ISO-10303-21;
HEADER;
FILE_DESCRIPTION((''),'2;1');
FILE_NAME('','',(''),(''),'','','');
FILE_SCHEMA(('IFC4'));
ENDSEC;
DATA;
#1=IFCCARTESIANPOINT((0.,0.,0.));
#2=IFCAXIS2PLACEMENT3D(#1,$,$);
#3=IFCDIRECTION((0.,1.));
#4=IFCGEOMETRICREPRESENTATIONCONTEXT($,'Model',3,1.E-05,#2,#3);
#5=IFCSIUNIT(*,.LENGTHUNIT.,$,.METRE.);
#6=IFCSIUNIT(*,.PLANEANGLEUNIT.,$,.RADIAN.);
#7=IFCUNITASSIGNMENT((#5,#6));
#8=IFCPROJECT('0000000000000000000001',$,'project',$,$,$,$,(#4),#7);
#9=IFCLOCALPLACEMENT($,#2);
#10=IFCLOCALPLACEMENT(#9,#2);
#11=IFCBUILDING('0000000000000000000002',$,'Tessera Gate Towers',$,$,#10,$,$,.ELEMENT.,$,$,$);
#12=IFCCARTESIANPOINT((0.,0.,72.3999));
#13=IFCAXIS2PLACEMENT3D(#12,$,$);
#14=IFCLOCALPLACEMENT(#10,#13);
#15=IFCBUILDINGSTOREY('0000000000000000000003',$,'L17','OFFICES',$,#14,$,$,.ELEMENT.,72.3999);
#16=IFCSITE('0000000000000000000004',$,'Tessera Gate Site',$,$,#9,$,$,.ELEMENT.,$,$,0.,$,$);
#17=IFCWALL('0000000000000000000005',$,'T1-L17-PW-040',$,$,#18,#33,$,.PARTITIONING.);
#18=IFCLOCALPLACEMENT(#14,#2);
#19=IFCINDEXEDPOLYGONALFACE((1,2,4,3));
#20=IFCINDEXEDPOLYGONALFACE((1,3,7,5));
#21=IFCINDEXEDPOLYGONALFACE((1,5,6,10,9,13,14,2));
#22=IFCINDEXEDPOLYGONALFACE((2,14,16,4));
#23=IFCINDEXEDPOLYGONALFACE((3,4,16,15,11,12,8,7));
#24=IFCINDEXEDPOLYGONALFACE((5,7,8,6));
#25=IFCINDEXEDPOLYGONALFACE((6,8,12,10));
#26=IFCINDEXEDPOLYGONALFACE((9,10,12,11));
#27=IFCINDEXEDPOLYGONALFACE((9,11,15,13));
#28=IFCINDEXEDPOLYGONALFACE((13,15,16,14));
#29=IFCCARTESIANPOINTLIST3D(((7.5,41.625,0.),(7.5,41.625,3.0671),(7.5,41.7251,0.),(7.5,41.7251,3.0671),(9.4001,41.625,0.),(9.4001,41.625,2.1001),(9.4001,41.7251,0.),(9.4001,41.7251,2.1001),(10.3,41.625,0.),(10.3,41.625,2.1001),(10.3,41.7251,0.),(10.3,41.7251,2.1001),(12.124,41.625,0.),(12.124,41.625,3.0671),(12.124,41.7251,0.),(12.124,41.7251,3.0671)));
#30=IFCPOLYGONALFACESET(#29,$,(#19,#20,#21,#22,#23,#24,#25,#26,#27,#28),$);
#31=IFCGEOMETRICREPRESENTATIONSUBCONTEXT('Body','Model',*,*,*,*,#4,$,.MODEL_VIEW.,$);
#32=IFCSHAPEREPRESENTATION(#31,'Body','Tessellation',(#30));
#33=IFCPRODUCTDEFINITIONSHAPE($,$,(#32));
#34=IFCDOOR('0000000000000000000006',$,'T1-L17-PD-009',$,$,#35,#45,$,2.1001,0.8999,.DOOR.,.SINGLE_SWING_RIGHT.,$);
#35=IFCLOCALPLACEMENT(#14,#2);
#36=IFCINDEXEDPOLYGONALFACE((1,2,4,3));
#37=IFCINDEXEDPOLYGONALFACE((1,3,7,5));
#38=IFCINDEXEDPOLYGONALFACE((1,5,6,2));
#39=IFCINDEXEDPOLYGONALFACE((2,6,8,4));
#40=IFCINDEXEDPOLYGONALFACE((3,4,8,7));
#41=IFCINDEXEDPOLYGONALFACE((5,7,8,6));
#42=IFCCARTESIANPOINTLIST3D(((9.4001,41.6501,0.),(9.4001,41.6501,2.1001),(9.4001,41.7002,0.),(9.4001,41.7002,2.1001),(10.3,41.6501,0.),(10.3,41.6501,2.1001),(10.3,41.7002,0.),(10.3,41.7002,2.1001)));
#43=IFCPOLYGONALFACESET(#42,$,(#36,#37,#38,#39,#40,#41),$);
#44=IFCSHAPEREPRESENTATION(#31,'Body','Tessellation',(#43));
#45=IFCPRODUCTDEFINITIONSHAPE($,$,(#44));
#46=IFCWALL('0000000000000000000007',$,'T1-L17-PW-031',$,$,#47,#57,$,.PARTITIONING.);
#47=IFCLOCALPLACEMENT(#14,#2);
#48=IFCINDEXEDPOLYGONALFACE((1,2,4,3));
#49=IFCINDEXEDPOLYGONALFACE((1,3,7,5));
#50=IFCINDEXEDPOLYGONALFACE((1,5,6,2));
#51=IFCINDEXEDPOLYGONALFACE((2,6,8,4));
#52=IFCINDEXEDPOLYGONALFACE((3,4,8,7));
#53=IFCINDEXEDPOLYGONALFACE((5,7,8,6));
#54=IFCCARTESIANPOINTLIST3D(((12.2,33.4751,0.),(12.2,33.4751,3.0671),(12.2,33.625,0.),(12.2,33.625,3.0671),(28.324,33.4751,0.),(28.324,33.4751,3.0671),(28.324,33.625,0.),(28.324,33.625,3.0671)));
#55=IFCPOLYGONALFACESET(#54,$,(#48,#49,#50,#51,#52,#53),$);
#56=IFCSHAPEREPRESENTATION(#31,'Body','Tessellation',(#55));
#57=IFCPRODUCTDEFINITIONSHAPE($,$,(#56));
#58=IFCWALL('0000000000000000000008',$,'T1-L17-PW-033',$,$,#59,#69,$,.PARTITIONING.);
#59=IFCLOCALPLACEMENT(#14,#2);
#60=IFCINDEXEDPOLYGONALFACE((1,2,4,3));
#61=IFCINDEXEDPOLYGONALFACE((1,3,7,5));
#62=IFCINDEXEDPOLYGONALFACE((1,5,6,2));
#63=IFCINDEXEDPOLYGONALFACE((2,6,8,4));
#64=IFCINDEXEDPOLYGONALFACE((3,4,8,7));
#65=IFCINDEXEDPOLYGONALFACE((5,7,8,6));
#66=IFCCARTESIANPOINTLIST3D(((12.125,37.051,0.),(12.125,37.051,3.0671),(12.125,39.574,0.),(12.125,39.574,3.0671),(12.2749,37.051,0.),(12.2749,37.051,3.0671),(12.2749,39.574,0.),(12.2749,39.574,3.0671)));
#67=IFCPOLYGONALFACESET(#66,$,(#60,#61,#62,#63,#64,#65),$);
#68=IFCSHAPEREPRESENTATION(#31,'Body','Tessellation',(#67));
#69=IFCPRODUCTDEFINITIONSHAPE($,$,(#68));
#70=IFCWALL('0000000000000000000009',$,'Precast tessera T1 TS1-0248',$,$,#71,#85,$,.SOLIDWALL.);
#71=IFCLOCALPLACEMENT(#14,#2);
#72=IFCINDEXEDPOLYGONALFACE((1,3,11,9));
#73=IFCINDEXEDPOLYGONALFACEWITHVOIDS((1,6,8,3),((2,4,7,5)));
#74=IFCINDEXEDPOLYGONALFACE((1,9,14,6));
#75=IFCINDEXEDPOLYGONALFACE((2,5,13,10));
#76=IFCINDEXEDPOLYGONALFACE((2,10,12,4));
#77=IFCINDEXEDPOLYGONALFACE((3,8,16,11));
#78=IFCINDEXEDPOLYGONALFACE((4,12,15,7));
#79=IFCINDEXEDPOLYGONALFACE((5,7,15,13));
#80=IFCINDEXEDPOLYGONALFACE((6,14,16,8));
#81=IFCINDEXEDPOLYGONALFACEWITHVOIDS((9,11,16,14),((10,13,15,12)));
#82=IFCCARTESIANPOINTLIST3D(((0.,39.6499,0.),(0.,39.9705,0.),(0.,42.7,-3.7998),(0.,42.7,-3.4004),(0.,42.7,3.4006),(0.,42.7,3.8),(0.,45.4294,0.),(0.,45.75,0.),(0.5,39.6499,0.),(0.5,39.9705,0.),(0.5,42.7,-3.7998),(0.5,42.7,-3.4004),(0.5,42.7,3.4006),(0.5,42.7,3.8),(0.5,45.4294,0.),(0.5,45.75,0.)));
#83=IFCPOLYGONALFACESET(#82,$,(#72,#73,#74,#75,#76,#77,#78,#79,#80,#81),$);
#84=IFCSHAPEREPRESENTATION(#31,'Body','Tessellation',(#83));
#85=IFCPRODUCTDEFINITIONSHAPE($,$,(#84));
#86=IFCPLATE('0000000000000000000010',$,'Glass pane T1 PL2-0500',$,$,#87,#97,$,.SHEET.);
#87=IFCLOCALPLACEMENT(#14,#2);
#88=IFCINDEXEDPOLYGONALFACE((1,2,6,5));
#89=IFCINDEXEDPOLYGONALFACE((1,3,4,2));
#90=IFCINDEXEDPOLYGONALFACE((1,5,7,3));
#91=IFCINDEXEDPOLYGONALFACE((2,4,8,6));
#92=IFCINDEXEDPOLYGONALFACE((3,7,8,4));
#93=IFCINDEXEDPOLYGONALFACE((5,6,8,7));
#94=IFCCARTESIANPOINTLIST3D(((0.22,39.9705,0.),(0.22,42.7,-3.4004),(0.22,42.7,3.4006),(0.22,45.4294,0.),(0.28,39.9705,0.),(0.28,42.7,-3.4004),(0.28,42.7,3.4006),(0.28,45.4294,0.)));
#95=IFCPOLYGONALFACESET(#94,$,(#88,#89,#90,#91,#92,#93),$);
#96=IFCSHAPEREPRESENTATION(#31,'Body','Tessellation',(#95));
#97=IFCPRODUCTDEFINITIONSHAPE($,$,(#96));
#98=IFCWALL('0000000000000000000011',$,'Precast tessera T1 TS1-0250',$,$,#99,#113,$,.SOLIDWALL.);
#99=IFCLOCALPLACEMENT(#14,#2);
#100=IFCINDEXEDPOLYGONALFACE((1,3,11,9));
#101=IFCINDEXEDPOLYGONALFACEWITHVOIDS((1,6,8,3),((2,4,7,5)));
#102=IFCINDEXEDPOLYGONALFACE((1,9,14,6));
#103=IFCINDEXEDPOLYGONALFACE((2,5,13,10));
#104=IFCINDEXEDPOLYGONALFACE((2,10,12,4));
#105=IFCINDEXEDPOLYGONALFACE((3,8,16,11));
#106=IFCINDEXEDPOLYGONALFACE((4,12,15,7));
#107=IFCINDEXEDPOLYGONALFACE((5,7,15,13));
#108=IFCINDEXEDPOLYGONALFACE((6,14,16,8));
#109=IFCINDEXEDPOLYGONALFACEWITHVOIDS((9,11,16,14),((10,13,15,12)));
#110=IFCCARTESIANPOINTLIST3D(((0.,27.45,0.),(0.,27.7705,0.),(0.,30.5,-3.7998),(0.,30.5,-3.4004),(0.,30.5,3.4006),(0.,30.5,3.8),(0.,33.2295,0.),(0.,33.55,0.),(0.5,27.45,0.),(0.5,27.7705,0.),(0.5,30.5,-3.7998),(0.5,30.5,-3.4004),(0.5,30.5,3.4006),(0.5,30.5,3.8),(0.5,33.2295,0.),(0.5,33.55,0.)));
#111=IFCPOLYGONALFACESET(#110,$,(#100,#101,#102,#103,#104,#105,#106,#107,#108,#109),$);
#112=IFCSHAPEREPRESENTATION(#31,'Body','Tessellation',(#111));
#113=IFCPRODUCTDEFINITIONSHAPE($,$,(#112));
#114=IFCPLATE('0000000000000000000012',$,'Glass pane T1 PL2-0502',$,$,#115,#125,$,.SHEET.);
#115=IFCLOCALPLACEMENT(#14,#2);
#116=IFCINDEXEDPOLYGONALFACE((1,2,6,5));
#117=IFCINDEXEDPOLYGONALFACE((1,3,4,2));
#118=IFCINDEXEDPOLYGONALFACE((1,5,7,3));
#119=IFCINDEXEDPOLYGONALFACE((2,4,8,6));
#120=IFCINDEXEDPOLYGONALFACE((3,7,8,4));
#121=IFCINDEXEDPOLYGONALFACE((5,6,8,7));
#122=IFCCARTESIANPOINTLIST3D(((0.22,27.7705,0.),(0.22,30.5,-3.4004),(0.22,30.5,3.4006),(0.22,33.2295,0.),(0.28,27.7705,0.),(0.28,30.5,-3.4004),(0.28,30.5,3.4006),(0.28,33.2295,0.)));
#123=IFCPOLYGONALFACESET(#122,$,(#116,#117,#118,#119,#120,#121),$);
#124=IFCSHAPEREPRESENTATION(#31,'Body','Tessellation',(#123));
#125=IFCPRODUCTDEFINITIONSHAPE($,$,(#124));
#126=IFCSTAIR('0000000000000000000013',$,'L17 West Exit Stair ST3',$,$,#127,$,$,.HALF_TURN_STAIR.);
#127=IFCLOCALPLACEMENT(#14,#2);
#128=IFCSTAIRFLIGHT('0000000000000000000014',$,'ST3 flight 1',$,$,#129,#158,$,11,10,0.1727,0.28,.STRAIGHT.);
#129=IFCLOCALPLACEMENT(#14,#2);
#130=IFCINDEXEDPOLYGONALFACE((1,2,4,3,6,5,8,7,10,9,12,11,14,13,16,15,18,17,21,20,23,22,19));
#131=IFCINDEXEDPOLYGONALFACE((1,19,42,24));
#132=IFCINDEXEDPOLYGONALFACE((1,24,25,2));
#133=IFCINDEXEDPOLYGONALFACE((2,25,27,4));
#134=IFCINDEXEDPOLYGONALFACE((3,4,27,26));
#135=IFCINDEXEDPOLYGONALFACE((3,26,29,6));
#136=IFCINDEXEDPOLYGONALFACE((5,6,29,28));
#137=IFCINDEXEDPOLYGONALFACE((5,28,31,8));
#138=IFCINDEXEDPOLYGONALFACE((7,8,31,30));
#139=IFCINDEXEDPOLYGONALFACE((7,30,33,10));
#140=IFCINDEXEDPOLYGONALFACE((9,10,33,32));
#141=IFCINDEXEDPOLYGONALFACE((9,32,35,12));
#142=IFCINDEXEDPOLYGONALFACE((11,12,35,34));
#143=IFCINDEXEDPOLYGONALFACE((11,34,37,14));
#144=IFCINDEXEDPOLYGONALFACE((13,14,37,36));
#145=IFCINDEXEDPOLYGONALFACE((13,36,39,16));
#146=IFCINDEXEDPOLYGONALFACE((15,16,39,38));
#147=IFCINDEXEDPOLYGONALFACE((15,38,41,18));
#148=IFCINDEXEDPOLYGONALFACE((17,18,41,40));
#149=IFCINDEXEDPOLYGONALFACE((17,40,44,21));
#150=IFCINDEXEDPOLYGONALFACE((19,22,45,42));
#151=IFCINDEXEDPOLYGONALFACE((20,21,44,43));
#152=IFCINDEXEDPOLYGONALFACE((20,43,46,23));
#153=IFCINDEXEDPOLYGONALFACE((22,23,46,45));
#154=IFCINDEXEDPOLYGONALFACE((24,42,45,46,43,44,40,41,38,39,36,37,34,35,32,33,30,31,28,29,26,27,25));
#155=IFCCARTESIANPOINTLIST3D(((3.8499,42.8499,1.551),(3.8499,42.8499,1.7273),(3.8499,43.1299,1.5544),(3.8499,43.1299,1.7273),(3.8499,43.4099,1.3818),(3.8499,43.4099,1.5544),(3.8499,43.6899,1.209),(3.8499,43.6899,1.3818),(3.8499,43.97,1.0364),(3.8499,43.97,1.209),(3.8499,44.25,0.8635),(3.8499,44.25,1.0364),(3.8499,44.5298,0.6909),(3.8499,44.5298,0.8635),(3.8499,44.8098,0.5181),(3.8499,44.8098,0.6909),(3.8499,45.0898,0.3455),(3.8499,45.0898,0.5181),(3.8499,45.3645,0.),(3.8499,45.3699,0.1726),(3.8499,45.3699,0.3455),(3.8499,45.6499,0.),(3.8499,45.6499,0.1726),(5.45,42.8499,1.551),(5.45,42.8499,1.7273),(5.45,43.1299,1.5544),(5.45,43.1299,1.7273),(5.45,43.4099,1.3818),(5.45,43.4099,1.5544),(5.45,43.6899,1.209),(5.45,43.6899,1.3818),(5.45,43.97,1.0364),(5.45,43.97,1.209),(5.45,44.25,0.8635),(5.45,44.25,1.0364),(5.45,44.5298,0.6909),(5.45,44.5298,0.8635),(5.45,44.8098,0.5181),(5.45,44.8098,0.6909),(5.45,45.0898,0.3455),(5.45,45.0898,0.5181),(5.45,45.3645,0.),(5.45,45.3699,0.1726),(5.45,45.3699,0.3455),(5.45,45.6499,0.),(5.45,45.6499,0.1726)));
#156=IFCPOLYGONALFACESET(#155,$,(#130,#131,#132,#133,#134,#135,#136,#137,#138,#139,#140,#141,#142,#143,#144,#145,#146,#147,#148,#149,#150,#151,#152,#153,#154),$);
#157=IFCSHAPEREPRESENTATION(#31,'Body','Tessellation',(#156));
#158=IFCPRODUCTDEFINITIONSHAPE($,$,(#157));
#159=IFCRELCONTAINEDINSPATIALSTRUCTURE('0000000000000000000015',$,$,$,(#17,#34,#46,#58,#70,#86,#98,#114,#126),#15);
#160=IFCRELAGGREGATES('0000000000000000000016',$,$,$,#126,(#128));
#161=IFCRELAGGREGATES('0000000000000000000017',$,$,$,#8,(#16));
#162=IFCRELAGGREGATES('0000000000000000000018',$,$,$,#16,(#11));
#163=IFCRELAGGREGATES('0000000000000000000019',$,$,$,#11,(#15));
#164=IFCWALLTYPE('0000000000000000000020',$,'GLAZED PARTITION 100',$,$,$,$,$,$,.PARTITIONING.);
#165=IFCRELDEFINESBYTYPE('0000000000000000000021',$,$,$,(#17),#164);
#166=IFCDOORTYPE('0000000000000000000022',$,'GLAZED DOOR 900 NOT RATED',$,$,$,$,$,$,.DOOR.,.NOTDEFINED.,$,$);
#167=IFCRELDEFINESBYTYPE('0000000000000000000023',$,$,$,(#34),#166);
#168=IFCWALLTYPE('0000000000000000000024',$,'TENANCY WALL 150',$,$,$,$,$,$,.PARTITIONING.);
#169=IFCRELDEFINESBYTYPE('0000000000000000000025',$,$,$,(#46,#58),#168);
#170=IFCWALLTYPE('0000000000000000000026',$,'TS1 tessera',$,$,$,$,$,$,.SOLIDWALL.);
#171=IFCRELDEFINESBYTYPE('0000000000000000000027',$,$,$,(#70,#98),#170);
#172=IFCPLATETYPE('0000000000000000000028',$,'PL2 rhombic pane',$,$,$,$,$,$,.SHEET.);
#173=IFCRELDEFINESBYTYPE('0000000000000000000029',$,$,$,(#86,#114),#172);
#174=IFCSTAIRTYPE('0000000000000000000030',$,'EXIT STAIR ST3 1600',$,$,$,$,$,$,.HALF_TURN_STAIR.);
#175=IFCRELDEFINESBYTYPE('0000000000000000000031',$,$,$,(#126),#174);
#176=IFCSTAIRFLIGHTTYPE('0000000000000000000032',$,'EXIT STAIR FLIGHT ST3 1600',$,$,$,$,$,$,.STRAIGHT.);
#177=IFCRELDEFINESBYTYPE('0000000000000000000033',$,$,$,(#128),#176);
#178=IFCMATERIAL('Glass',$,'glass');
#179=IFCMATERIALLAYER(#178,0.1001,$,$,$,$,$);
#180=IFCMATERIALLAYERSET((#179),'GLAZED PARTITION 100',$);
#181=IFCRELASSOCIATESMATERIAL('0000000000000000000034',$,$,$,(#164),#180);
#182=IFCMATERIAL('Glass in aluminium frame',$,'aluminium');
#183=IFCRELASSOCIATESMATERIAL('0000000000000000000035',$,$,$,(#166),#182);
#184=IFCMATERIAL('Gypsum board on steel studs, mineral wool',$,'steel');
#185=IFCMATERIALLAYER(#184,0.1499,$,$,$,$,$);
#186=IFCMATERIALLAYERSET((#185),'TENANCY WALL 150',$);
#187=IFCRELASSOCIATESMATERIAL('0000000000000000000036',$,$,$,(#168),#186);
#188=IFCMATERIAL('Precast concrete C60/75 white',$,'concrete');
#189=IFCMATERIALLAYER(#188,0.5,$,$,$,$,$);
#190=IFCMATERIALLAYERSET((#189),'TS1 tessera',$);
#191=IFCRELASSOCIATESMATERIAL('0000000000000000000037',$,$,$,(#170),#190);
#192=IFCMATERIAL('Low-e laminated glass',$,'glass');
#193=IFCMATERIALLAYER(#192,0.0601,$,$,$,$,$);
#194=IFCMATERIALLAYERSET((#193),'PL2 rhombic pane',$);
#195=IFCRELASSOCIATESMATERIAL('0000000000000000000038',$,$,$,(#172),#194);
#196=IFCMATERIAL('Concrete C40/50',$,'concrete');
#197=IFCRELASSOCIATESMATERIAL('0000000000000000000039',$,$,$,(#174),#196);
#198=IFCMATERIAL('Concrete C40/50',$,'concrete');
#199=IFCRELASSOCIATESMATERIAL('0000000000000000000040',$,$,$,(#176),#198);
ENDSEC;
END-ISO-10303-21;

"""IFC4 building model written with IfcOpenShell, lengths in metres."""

from ifc_helpers import new_model, si_unit, direction, frame, frame_2d, origin, place, context, subcontext, project, spatial, polyline, rectangle, outline, extrude, source, transform, mapped, material, layer, layer_set, type_object, element, fill, aggregate, save


model = new_model("IFC4")

# Units and contexts
model_context = context("Model", 3, precision=1e-05, world=origin(), true_north=direction((0.0, 1.0)))
body_context = subcontext(model_context, "Body", "Model", "MODEL_VIEW")
ifc_project = project(units=[si_unit("LENGTHUNIT", "METRE"), si_unit("PLANEANGLEUNIT", "RADIAN")], contexts=[model_context])

# Site, building, storey
site_placement = place(None, origin())
site = spatial("IfcSite", under=ifc_project, at=site_placement, Name="Tessera Gate Site", CompositionType="ELEMENT", RefElevation=0.0)
building_placement = place(site_placement, origin())
building = spatial("IfcBuilding", under=site, at=building_placement, Name="Tessera Gate Towers", CompositionType="ELEMENT")
storey_placement = place(building_placement, frame((0.0, 0.0, 72.3999)))
storey = spatial("IfcBuildingStorey", under=building, at=storey_placement, Name="L17", Description="OFFICES", CompositionType="ELEMENT", Elevation=72.3999)

# Shared definitions
shared_shape_1 = source(origin(), body_context, "Body", "SweptSolid", [
    extrude(rectangle(XDim=0.8999, YDim=2.1001, at=frame_2d((0.45, 1.05))), frame((0.0, 0.0249, 0.0), z_axis=(0.0, -1.0, 0.0), x_axis=(1.0, 0.0, 0.0)), (0.0, 0.0, 1.0), 0.05),
])

# Wall, opening, door
ifc_material_1 = material(Name="Glass", Category="glass")
ifc_layer_1 = layer(ifc_material_1, 0.1001)
ifc_layer_set_1 = layer_set([ifc_layer_1], Name="GLAZED PARTITION 100")
wall_type_1 = type_object("IfcWallType", Name="GLAZED PARTITION 100", PredefinedType="PARTITIONING", material=ifc_layer_set_1)
wall_1_placement = place(storey_placement, frame((12.124, 41.675, 0.0), z_axis=(0.0, 0.0, 1.0), x_axis=(-1.0, 0.0, 0.0)))
wall_1 = element("IfcWall", 1, at=wall_1_placement, inside=storey, type_object=wall_type_1, Name="T1-L17-PW-040", PredefinedType="PARTITIONING", context=body_context, shape_type="SweptSolid", body=[
    extrude(rectangle(XDim=4.624, YDim=0.1001, at=frame_2d((2.312, 0.0))), origin(), (0.0, 0.0, 1.0), 3.0671),
])
shared_shape_2 = source(origin(), body_context, "Body", "SweptSolid", [
    extrude(rectangle(XDim=0.8999, YDim=2.1001, at=frame_2d((0.45, 1.05))), frame((0.0, 0.0601, 0.0), z_axis=(0.0, -1.0, 0.0), x_axis=(1.0, 0.0, 0.0)), (0.0, 0.0, 1.0), 0.1201),
])
opening_1_placement = place(wall_1_placement, frame((1.824, 0.0, 0.0)))
opening_1 = element("IfcOpeningElement", 2, at=opening_1_placement, cuts=wall_1, PredefinedType="OPENING", context=body_context, shape_type="MappedRepresentation", body=[
    mapped(shared_shape_2, transform((0.0, 0.0, 0.0), scale=1.0)),
])
ifc_material_2 = material(Name="Glass in aluminium frame", Category="aluminium")
door_type_1 = type_object("IfcDoorType", Name="GLAZED DOOR 900 NOT RATED", OperationType="NOTDEFINED", PredefinedType="DOOR", material=ifc_material_2)
door_1_placement = place(opening_1_placement, origin())
door_1 = element("IfcDoor", 3, at=door_1_placement, inside=storey, type_object=door_type_1, Name="T1-L17-PD-009", OperationType="SINGLE_SWING_RIGHT", OverallHeight=2.1001, OverallWidth=0.8999, PredefinedType="DOOR", context=body_context, shape_type="MappedRepresentation", body=[
    mapped(shared_shape_1, transform((0.0, 0.0, 0.0), scale=1.0)),
])
fill(opening_1, door_1)

# Walls
ifc_material_3 = material(Name="Gypsum board on steel studs, mineral wool", Category="steel")
ifc_layer_2 = layer(ifc_material_3, 0.1499)
ifc_layer_set_2 = layer_set([ifc_layer_2], Name="TENANCY WALL 150")
wall_type_2 = type_object("IfcWallType", Name="TENANCY WALL 150", PredefinedType="PARTITIONING", material=ifc_layer_set_2)
wall_2_placement = place(storey_placement, frame((12.2, 33.55, 0.0), z_axis=(0.0, 0.0, 1.0), x_axis=(1.0, 0.0, 0.0)))
element("IfcWall", 4, at=wall_2_placement, inside=storey, type_object=wall_type_2, Name="T1-L17-PW-031", PredefinedType="PARTITIONING", context=body_context, shape_type="SweptSolid", body=[
    extrude(rectangle(XDim=16.124, YDim=0.1499, at=frame_2d((8.062, 0.0))), origin(), (0.0, 0.0, 1.0), 3.0671),
])
wall_3_placement = place(storey_placement, frame((12.2, 37.051, 0.0), z_axis=(0.0, 0.0, 1.0), x_axis=(0.0, 1.0, 0.0)))
element("IfcWall", 5, at=wall_3_placement, inside=storey, type_object=wall_type_2, Name="T1-L17-PW-033", PredefinedType="PARTITIONING", context=body_context, shape_type="SweptSolid", body=[
    extrude(rectangle(XDim=2.5229, YDim=0.1499, at=frame_2d((1.2615, 0.0))), origin(), (0.0, 0.0, 1.0), 3.0671),
])

# Walls, openings, plates
ifc_material_4 = material(Name="Precast concrete C60/75 white", Category="concrete")
ifc_layer_3 = layer(ifc_material_4, 0.5)
ifc_layer_set_3 = layer_set([ifc_layer_3], Name="TS1 tessera")
wall_type_3 = type_object("IfcWallType", Name="TS1 tessera", PredefinedType="SOLIDWALL", material=ifc_layer_set_3)
shared_shape_3 = source(origin(), body_context, "Body", "SweptSolid", [
    extrude(outline(polyline([(3.05, 0.0), (6.1001, 3.7998), (3.05, 7.5999), (0.0, 3.7998), (3.05, 0.0)])), frame((0.0, 0.25, 0.0), z_axis=(0.0, -1.0, 0.0), x_axis=(1.0, 0.0, 0.0)), (0.0, 0.0, 1.0), 0.5),
])
wall_4_placement = place(storey_placement, frame((0.25, 45.75, -3.7998), z_axis=(0.0, 0.0, 1.0), x_axis=(0.0, -1.0, 0.0)))
wall_4 = element("IfcWall", 6, at=wall_4_placement, inside=storey, type_object=wall_type_3, Name="Precast tessera T1 TS1-0248", PredefinedType="SOLIDWALL", context=body_context, shape_type="MappedRepresentation", body=[
    mapped(shared_shape_3, transform((0.0, 0.0, 0.0), scale=1.0)),
])
shared_shape_4 = source(origin(), body_context, "Body", "SweptSolid", [
    extrude(outline(polyline([(3.05, 0.3994), (5.7795, 3.7998), (3.05, 7.2004), (0.3206, 3.7998), (3.05, 0.3994)])), frame((0.0, 0.26, 0.0), z_axis=(0.0, -1.0, 0.0), x_axis=(1.0, 0.0, 0.0)), (0.0, 0.0, 1.0), 0.52),
])
opening_2_placement = place(wall_4_placement, origin())
opening_2 = element("IfcOpeningElement", 7, at=opening_2_placement, cuts=wall_4, PredefinedType="OPENING", context=body_context, shape_type="MappedRepresentation", body=[
    mapped(shared_shape_4, transform((0.0, 0.0, 0.0), scale=1.0)),
])
ifc_material_5 = material(Name="Low-e laminated glass", Category="glass")
ifc_layer_4 = layer(ifc_material_5, 0.0601)
ifc_layer_set_4 = layer_set([ifc_layer_4], Name="PL2 rhombic pane")
plate_type = type_object("IfcPlateType", Name="PL2 rhombic pane", PredefinedType="SHEET", material=ifc_layer_set_4)
shared_shape_5 = source(origin(), body_context, "Body", "SweptSolid", [
    extrude(outline(polyline([(3.05, 0.3994), (5.7795, 3.7998), (3.05, 7.2004), (0.3206, 3.7998), (3.05, 0.3994)])), frame((0.0, 0.03, 0.0), z_axis=(0.0, -1.0, 0.0), x_axis=(1.0, 0.0, 0.0)), (0.0, 0.0, 1.0), 0.0601),
])
plate_1_placement = place(opening_2_placement, origin())
plate_1 = element("IfcPlate", 8, at=plate_1_placement, inside=storey, type_object=plate_type, Name="Glass pane T1 PL2-0500", PredefinedType="SHEET", context=body_context, shape_type="MappedRepresentation", body=[
    mapped(shared_shape_5, transform((0.0, 0.0, 0.0), scale=1.0)),
])
fill(opening_2, plate_1)
wall_5_placement = place(storey_placement, frame((0.25, 33.55, -3.7998), z_axis=(0.0, 0.0, 1.0), x_axis=(0.0, -1.0, 0.0)))
wall_5 = element("IfcWall", 9, at=wall_5_placement, inside=storey, type_object=wall_type_3, Name="Precast tessera T1 TS1-0250", PredefinedType="SOLIDWALL", context=body_context, shape_type="MappedRepresentation", body=[
    mapped(shared_shape_3, transform((0.0, 0.0, 0.0), scale=1.0)),
])
opening_3_placement = place(wall_5_placement, origin())
opening_3 = element("IfcOpeningElement", 10, at=opening_3_placement, cuts=wall_5, PredefinedType="OPENING", context=body_context, shape_type="MappedRepresentation", body=[
    mapped(shared_shape_4, transform((0.0, 0.0, 0.0), scale=1.0)),
])
plate_2_placement = place(opening_3_placement, origin())
plate_2 = element("IfcPlate", 11, at=plate_2_placement, inside=storey, type_object=plate_type, Name="Glass pane T1 PL2-0502", PredefinedType="SHEET", context=body_context, shape_type="MappedRepresentation", body=[
    mapped(shared_shape_5, transform((0.0, 0.0, 0.0), scale=1.0)),
])
fill(opening_3, plate_2)

# Stair, stair flight
ifc_material_6 = material(Name="Concrete C40/50", Category="concrete")
stair_type = type_object("IfcStairType", Name="EXIT STAIR ST3 1600", PredefinedType="HALF_TURN_STAIR", material=ifc_material_6)
stair_placement = place(storey_placement, origin())
stair = element("IfcStair", 12, at=stair_placement, inside=storey, type_object=stair_type, Name="L17 West Exit Stair ST3", PredefinedType="HALF_TURN_STAIR")
ifc_material_7 = material(Name="Concrete C40/50", Category="concrete")
stair_flight_type = type_object("IfcStairFlightType", Name="EXIT STAIR FLIGHT ST3 1600", PredefinedType="STRAIGHT", material=ifc_material_7)
stair_flight_1_placement = place(storey_placement, frame((4.6499, 45.6499, 0.0), z_axis=(0.0, 0.0, 1.0), x_axis=(0.0, -1.0, 0.0)))
stair_flight_1 = element("IfcStairFlight", 13, at=stair_flight_1_placement, type_object=stair_flight_type, Name="ST3 flight 1", NumberOfRisers=11, NumberOfTreads=10, PredefinedType="STRAIGHT", RiserHeight=0.1727, TreadLength=0.28, context=body_context, shape_type="SweptSolid", body=[
    extrude(outline(polyline([(0.0, 0.0), (0.0, 0.1726), (0.28, 0.1726), (0.28, 0.3455), (0.5601, 0.3455), (0.5601, 0.5181), (0.8401, 0.5181), (0.8401, 0.6909), (1.1201, 0.6909), (1.1201, 0.8635), (1.3999, 0.8635), (1.3999, 1.0364), (1.6799, 1.0364), (1.6799, 1.209), (1.96, 1.209), (1.96, 1.3818), (2.24, 1.3818), (2.24, 1.5544), (2.52, 1.5544), (2.52, 1.7273), (2.8, 1.7273), (2.8, 1.8999), (2.8, 1.551), (0.2854, 0.0), (0.0, 0.0)])), frame((0.0, 0.8, 0.0), z_axis=(0.0, -1.0, 0.0), x_axis=(1.0, 0.0, 0.0)), (0.0, 0.0, 1.0), 1.6001),
])
aggregate(stair, [stair_flight_1])

save(model, "model.ifc")
